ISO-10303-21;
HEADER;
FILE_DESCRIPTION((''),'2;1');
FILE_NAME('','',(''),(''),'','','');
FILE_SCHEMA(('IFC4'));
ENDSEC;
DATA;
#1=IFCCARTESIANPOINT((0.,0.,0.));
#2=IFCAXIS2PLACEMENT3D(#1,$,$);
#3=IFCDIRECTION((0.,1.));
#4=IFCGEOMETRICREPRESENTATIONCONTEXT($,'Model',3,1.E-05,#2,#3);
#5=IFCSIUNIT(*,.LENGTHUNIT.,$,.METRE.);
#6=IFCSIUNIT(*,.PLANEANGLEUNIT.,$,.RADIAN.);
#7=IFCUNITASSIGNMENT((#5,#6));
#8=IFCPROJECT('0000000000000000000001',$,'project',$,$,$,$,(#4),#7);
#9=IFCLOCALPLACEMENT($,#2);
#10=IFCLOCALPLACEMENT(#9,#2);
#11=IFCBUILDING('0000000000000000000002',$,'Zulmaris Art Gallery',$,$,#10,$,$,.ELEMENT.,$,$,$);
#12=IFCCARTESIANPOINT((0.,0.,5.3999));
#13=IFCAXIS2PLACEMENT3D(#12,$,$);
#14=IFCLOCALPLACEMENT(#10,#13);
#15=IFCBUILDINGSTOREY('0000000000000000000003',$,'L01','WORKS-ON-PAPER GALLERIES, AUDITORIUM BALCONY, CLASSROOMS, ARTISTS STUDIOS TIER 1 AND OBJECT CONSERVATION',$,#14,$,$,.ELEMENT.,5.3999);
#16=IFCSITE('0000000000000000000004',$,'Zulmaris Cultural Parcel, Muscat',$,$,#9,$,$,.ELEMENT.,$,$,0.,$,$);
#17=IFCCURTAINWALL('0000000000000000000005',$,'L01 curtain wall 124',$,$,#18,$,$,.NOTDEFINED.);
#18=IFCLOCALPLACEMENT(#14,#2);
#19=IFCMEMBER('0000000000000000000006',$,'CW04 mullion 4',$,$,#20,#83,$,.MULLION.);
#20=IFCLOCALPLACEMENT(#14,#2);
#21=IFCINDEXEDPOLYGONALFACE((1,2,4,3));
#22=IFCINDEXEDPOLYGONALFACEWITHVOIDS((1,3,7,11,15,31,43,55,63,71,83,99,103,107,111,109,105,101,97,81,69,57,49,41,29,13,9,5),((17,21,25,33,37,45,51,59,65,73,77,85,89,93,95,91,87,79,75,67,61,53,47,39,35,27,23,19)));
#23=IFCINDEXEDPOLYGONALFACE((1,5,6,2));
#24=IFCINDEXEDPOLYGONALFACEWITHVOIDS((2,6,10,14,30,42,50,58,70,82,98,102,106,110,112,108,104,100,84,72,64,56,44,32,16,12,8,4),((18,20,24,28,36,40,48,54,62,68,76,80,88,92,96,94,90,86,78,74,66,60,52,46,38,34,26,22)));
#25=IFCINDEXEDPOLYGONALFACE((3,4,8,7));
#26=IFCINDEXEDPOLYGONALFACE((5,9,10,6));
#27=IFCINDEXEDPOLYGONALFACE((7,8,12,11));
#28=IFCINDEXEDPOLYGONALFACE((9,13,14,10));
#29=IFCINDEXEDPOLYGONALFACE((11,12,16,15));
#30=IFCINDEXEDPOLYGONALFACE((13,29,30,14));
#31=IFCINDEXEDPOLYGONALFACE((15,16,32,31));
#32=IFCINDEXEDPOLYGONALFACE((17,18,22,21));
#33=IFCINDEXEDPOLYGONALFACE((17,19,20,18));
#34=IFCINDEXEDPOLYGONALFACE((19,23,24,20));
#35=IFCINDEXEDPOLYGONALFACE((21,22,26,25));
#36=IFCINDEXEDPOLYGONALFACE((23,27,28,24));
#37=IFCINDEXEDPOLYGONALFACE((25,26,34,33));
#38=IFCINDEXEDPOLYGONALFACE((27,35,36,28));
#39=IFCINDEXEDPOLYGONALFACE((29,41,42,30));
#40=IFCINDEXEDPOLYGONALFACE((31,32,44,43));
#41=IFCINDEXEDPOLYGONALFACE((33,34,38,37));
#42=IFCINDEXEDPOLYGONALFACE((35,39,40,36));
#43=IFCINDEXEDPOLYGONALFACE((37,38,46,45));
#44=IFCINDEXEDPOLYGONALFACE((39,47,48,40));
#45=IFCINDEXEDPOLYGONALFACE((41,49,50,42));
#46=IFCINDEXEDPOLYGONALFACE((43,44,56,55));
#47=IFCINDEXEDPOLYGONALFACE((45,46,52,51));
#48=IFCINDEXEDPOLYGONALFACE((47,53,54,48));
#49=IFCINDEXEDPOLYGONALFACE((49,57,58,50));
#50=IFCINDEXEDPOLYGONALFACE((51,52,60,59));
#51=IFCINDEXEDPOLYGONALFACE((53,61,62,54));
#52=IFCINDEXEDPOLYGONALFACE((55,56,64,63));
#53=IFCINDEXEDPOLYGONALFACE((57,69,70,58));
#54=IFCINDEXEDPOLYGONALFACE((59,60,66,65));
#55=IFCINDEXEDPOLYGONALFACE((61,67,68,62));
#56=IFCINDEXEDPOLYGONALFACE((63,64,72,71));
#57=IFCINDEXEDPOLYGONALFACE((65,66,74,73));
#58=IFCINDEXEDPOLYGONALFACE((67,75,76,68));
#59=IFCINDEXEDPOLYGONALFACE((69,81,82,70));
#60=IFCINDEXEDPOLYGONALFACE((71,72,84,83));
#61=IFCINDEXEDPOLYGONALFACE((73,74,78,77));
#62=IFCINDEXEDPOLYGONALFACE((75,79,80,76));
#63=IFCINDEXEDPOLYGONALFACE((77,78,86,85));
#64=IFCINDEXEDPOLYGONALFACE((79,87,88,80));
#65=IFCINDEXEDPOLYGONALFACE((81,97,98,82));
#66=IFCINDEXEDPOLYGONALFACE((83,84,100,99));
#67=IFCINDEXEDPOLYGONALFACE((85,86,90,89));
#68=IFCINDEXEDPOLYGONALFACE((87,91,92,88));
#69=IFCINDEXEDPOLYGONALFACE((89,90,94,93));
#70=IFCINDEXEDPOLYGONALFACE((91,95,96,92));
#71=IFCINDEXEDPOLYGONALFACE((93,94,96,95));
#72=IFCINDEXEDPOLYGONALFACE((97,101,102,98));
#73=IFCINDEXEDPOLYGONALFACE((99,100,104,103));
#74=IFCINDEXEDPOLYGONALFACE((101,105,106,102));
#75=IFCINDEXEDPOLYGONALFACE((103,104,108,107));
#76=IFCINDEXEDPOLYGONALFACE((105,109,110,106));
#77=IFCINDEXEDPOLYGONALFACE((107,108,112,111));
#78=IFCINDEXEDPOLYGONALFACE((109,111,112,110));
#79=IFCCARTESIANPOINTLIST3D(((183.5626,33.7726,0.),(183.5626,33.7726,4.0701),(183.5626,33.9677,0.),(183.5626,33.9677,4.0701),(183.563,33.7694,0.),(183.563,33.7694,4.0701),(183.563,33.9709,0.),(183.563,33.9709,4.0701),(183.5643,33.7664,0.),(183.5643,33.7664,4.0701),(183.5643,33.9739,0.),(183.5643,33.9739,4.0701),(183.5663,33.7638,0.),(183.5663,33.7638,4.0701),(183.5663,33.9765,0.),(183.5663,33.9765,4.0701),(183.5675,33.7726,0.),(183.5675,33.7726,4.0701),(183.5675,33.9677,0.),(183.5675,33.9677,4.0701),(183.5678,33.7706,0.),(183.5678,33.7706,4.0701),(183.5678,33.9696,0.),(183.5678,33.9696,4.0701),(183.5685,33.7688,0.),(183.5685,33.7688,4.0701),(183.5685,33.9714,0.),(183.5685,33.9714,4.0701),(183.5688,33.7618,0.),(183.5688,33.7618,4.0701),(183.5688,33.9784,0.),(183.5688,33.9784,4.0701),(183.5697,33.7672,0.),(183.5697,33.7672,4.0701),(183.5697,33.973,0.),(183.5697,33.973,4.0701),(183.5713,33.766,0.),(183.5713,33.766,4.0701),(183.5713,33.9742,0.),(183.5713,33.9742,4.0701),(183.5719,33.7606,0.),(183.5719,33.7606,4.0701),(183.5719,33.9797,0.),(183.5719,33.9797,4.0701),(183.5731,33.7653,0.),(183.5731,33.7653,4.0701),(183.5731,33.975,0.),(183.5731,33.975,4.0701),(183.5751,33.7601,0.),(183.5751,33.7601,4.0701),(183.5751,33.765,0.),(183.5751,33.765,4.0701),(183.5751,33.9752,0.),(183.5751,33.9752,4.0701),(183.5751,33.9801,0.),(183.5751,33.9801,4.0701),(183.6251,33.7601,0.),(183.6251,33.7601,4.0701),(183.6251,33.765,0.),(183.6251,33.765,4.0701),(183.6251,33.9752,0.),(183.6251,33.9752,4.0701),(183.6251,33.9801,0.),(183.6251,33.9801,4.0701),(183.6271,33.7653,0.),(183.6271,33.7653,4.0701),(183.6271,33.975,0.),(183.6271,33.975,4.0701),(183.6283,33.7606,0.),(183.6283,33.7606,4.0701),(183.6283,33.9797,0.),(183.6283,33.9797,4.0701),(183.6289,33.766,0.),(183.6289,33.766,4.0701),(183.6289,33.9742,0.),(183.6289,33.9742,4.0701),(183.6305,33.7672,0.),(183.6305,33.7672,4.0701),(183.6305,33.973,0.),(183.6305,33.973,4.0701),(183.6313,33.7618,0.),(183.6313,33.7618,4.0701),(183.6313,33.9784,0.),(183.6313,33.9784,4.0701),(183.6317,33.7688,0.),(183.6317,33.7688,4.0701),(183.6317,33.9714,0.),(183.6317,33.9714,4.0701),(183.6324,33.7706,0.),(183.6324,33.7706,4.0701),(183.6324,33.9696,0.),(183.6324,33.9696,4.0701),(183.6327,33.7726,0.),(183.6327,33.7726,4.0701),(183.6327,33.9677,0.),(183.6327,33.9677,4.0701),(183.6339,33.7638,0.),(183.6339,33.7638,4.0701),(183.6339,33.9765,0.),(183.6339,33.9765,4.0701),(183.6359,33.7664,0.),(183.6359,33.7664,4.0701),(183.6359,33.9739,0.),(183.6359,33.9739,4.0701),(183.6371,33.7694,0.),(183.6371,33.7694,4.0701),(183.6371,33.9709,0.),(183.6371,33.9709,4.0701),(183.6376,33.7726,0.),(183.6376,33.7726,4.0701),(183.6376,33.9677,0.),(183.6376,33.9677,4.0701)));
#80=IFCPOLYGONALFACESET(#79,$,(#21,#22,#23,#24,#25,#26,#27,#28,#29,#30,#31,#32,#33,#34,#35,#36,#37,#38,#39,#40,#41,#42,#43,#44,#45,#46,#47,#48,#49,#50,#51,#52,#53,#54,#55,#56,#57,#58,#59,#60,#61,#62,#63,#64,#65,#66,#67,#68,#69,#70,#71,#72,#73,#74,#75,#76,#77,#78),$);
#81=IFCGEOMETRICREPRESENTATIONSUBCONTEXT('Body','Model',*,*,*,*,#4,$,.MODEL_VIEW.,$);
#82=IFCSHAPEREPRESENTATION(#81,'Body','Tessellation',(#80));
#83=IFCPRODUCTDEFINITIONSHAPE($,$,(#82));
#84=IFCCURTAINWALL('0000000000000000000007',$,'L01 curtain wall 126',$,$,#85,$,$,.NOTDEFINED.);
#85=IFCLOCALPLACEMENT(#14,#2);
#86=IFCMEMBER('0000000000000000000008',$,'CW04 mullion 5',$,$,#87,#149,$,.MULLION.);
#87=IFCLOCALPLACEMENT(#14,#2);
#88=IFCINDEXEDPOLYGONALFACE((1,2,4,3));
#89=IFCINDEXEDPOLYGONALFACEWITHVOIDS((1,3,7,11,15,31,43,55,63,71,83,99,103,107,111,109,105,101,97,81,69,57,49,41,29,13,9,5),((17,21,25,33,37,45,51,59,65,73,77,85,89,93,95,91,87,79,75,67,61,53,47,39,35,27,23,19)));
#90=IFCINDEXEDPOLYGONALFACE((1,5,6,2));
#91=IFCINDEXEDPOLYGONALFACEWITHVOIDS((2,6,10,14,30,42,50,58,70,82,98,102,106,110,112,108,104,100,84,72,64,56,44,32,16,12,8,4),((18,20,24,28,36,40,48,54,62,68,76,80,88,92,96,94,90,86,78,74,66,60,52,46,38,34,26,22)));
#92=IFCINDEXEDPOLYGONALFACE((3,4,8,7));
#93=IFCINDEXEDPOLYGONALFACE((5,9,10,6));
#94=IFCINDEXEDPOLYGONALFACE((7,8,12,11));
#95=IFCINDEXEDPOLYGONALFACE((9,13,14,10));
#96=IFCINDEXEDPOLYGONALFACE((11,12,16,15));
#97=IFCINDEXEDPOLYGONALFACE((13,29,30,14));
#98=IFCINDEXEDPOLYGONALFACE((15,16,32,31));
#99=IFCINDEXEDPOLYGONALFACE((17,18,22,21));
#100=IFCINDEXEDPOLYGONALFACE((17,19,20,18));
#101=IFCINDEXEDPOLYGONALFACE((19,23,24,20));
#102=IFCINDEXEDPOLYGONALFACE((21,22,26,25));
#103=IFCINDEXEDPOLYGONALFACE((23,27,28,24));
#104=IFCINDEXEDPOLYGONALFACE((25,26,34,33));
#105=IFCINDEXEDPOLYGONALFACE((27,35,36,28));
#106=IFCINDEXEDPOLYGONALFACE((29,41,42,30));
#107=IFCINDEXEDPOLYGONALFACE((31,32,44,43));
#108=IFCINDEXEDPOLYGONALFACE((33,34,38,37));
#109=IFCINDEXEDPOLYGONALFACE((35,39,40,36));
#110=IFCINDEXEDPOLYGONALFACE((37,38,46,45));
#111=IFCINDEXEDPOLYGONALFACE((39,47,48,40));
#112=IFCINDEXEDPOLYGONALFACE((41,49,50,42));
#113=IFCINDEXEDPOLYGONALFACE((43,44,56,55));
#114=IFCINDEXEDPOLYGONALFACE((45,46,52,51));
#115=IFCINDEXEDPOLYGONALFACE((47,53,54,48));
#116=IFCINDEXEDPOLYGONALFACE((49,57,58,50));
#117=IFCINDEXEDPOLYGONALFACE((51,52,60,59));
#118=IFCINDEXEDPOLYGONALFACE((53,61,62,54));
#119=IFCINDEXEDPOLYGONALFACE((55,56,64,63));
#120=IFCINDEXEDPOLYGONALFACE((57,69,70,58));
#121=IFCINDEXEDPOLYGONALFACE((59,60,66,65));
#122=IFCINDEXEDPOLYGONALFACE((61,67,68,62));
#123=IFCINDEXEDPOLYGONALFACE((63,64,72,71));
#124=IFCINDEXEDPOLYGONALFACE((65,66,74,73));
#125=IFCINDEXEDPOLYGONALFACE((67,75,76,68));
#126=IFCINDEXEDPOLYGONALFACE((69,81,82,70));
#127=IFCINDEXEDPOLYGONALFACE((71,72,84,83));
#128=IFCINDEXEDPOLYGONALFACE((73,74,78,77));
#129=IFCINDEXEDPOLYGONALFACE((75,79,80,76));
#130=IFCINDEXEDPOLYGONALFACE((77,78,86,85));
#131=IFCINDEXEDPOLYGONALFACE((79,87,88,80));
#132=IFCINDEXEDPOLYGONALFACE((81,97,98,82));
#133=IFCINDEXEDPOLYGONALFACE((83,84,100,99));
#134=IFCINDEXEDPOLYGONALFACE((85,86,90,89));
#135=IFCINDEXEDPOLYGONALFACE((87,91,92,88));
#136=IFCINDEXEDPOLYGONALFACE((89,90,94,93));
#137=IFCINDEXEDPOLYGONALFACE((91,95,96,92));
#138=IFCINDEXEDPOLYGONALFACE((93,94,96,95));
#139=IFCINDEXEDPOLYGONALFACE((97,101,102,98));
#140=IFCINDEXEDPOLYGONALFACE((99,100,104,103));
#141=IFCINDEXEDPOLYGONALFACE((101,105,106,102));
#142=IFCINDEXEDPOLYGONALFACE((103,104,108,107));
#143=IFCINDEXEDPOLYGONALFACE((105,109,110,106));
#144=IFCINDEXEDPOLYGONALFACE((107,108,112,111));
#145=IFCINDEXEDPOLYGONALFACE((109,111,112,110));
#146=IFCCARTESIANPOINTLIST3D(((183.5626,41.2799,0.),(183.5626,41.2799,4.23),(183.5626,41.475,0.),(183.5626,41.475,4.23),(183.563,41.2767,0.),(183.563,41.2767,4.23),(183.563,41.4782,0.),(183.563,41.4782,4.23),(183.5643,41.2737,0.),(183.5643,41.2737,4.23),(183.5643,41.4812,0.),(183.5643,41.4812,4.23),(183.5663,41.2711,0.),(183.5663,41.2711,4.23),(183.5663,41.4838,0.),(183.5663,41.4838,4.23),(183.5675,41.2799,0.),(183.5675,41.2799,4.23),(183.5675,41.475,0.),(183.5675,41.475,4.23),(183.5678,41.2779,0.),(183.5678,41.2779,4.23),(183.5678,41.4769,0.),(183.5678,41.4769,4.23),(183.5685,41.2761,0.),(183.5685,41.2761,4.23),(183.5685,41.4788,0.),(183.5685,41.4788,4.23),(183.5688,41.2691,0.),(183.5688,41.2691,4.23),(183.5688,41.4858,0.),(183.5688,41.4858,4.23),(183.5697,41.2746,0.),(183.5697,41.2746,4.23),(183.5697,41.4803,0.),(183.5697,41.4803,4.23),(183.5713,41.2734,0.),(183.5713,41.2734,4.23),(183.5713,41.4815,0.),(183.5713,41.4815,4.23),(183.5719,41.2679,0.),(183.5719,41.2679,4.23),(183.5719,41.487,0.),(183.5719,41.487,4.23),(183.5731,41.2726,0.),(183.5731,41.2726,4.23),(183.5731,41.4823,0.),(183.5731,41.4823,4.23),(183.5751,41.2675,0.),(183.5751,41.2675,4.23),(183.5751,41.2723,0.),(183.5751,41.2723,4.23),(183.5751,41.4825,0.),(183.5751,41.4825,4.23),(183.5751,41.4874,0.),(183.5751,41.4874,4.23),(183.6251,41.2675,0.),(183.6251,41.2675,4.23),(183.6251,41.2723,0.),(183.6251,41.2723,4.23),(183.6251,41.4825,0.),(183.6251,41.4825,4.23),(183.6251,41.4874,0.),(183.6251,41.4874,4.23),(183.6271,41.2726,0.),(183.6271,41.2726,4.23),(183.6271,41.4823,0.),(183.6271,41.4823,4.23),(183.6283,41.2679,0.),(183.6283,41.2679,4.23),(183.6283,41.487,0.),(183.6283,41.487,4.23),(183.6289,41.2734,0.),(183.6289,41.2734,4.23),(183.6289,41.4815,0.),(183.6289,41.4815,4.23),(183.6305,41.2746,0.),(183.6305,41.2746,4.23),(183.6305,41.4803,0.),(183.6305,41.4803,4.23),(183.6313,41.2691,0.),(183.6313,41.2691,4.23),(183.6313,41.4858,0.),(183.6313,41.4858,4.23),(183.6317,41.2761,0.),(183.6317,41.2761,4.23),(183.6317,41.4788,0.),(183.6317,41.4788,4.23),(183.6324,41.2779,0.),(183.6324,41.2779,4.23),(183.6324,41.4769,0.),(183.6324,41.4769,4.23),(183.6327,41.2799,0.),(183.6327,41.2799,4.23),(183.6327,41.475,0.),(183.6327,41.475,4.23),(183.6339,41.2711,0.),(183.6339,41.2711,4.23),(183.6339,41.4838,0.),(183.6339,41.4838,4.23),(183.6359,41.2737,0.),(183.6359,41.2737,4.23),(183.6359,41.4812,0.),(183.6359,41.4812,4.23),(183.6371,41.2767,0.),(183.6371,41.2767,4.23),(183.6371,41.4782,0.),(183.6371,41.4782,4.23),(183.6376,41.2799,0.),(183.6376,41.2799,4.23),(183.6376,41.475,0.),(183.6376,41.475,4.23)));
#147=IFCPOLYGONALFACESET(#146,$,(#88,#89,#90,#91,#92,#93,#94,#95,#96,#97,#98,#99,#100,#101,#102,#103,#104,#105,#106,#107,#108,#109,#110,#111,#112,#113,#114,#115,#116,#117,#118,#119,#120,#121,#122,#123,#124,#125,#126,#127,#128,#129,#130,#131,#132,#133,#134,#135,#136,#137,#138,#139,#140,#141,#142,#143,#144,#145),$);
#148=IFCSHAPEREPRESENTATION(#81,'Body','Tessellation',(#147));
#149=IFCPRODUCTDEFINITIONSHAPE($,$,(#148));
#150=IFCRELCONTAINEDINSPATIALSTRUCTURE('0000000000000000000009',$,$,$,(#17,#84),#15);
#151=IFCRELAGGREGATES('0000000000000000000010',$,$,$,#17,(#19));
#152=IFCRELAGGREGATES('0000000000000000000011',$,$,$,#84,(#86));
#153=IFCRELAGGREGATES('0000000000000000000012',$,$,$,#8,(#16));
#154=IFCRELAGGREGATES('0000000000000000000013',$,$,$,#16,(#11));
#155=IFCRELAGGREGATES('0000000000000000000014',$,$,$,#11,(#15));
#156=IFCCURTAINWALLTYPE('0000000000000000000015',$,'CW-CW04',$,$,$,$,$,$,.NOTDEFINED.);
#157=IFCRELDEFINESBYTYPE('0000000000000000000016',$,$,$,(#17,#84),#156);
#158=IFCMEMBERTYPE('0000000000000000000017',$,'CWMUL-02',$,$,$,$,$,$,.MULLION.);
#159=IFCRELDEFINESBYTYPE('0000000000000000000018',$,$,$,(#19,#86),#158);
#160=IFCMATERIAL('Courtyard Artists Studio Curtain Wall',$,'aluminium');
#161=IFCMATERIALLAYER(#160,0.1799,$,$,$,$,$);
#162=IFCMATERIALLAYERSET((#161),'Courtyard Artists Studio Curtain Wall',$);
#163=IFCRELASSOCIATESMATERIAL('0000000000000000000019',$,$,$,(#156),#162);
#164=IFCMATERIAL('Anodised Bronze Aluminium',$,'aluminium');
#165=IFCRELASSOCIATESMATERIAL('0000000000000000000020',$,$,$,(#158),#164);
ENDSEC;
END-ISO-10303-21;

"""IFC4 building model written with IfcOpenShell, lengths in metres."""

from ifc_helpers import new_model, si_unit, direction, frame, origin, origin_2d, place, context, subcontext, project, spatial, hollow_rectangle, extrude, material, layer, layer_set, material_profile, profile_set, type_object, element, aggregate, save


model = new_model("IFC4")

# Units and contexts
model_context = context("Model", 3, precision=1e-05, world=origin(), true_north=direction((0.0, 1.0)))
body_context = subcontext(model_context, "Body", "Model", "MODEL_VIEW")
ifc_project = project(units=[si_unit("LENGTHUNIT", "METRE"), si_unit("PLANEANGLEUNIT", "RADIAN")], contexts=[model_context])

# Site, building, storey
site_placement = place(None, origin())
site = spatial("IfcSite", under=ifc_project, at=site_placement, Name="Zulmaris Cultural Parcel, Muscat", CompositionType="ELEMENT", RefElevation=0.0)
building_placement = place(site_placement, origin())
building = spatial("IfcBuilding", under=site, at=building_placement, Name="Zulmaris Art Gallery", CompositionType="ELEMENT")
storey_placement = place(building_placement, frame((0.0, 0.0, 5.3999)))
storey = spatial("IfcBuildingStorey", under=building, at=storey_placement, Name="L01", Description="WORKS-ON-PAPER GALLERIES, AUDITORIUM BALCONY, CLASSROOMS, ARTISTS STUDIOS TIER 1 AND OBJECT CONSERVATION", CompositionType="ELEMENT", Elevation=5.3999)

# Curtain wall, member
ifc_material_1 = material(Name="Courtyard Artists Studio Curtain Wall", Category="aluminium")
ifc_layer_1 = layer(ifc_material_1, 0.1799)
ifc_layer_set_1 = layer_set([ifc_layer_1], Name="Courtyard Artists Studio Curtain Wall")
curtain_wall_type = type_object("IfcCurtainWallType", Name="CW-CW04", PredefinedType="NOTDEFINED", material=ifc_layer_set_1)
curtain_wall_1_placement = place(storey_placement, origin())
curtain_wall_1 = element("IfcCurtainWall", 1, at=curtain_wall_1_placement, inside=storey, type_object=curtain_wall_type, Name="L01 curtain wall 124", PredefinedType="NOTDEFINED")
ifc_material_2 = material(Name="Anodised Bronze Aluminium", Category="aluminium")
ifc_material_profile_1 = material_profile(ifc_material_2, hollow_rectangle(XDim=0.075, YDim=0.22, WallThickness=0.0049, InnerFilletRadius=0.0076, OuterFilletRadius=0.0125, at=origin_2d()), Name="ALU 75x220x5")
ifc_profile_set_1 = profile_set([ifc_material_profile_1], Name="Anodised Bronze Aluminium")
member_type_1 = type_object("IfcMemberType", Name="CWMUL-02", PredefinedType="MULLION", material=ifc_profile_set_1)
member_1_placement = place(storey_placement, frame((183.6001, 33.8701, 0.0), z_axis=(0.0, 0.0, 1.0), x_axis=(1.0, 0.0, 0.0)))
member_1 = element("IfcMember", 2, at=member_1_placement, type_object=member_type_1, Name="CW04 mullion 4", PredefinedType="MULLION", context=body_context, shape_type="SweptSolid", body=[
    extrude(hollow_rectangle(XDim=0.075, YDim=0.22, WallThickness=0.0049, InnerFilletRadius=0.0076, OuterFilletRadius=0.0125, at=origin_2d()), origin(), (0.0, 0.0, 1.0), 4.0701),
])

# Curtain wall, member
curtain_wall_2_placement = place(storey_placement, origin())
curtain_wall_2 = element("IfcCurtainWall", 3, at=curtain_wall_2_placement, inside=storey, type_object=curtain_wall_type, Name="L01 curtain wall 126", PredefinedType="NOTDEFINED")
member_2_placement = place(storey_placement, frame((183.6001, 41.3774, 0.0), z_axis=(0.0, 0.0, 1.0), x_axis=(1.0, 0.0, 0.0)))
member_2 = element("IfcMember", 4, at=member_2_placement, type_object=member_type_1, Name="CW04 mullion 5", PredefinedType="MULLION", context=body_context, shape_type="SweptSolid", body=[
    extrude(hollow_rectangle(XDim=0.075, YDim=0.22, WallThickness=0.0049, InnerFilletRadius=0.0076, OuterFilletRadius=0.0125, at=origin_2d()), origin(), (0.0, 0.0, 1.0), 4.23),
])

aggregate(curtain_wall_1, [member_1])
aggregate(curtain_wall_2, [member_2])

save(model, "model.ifc")
